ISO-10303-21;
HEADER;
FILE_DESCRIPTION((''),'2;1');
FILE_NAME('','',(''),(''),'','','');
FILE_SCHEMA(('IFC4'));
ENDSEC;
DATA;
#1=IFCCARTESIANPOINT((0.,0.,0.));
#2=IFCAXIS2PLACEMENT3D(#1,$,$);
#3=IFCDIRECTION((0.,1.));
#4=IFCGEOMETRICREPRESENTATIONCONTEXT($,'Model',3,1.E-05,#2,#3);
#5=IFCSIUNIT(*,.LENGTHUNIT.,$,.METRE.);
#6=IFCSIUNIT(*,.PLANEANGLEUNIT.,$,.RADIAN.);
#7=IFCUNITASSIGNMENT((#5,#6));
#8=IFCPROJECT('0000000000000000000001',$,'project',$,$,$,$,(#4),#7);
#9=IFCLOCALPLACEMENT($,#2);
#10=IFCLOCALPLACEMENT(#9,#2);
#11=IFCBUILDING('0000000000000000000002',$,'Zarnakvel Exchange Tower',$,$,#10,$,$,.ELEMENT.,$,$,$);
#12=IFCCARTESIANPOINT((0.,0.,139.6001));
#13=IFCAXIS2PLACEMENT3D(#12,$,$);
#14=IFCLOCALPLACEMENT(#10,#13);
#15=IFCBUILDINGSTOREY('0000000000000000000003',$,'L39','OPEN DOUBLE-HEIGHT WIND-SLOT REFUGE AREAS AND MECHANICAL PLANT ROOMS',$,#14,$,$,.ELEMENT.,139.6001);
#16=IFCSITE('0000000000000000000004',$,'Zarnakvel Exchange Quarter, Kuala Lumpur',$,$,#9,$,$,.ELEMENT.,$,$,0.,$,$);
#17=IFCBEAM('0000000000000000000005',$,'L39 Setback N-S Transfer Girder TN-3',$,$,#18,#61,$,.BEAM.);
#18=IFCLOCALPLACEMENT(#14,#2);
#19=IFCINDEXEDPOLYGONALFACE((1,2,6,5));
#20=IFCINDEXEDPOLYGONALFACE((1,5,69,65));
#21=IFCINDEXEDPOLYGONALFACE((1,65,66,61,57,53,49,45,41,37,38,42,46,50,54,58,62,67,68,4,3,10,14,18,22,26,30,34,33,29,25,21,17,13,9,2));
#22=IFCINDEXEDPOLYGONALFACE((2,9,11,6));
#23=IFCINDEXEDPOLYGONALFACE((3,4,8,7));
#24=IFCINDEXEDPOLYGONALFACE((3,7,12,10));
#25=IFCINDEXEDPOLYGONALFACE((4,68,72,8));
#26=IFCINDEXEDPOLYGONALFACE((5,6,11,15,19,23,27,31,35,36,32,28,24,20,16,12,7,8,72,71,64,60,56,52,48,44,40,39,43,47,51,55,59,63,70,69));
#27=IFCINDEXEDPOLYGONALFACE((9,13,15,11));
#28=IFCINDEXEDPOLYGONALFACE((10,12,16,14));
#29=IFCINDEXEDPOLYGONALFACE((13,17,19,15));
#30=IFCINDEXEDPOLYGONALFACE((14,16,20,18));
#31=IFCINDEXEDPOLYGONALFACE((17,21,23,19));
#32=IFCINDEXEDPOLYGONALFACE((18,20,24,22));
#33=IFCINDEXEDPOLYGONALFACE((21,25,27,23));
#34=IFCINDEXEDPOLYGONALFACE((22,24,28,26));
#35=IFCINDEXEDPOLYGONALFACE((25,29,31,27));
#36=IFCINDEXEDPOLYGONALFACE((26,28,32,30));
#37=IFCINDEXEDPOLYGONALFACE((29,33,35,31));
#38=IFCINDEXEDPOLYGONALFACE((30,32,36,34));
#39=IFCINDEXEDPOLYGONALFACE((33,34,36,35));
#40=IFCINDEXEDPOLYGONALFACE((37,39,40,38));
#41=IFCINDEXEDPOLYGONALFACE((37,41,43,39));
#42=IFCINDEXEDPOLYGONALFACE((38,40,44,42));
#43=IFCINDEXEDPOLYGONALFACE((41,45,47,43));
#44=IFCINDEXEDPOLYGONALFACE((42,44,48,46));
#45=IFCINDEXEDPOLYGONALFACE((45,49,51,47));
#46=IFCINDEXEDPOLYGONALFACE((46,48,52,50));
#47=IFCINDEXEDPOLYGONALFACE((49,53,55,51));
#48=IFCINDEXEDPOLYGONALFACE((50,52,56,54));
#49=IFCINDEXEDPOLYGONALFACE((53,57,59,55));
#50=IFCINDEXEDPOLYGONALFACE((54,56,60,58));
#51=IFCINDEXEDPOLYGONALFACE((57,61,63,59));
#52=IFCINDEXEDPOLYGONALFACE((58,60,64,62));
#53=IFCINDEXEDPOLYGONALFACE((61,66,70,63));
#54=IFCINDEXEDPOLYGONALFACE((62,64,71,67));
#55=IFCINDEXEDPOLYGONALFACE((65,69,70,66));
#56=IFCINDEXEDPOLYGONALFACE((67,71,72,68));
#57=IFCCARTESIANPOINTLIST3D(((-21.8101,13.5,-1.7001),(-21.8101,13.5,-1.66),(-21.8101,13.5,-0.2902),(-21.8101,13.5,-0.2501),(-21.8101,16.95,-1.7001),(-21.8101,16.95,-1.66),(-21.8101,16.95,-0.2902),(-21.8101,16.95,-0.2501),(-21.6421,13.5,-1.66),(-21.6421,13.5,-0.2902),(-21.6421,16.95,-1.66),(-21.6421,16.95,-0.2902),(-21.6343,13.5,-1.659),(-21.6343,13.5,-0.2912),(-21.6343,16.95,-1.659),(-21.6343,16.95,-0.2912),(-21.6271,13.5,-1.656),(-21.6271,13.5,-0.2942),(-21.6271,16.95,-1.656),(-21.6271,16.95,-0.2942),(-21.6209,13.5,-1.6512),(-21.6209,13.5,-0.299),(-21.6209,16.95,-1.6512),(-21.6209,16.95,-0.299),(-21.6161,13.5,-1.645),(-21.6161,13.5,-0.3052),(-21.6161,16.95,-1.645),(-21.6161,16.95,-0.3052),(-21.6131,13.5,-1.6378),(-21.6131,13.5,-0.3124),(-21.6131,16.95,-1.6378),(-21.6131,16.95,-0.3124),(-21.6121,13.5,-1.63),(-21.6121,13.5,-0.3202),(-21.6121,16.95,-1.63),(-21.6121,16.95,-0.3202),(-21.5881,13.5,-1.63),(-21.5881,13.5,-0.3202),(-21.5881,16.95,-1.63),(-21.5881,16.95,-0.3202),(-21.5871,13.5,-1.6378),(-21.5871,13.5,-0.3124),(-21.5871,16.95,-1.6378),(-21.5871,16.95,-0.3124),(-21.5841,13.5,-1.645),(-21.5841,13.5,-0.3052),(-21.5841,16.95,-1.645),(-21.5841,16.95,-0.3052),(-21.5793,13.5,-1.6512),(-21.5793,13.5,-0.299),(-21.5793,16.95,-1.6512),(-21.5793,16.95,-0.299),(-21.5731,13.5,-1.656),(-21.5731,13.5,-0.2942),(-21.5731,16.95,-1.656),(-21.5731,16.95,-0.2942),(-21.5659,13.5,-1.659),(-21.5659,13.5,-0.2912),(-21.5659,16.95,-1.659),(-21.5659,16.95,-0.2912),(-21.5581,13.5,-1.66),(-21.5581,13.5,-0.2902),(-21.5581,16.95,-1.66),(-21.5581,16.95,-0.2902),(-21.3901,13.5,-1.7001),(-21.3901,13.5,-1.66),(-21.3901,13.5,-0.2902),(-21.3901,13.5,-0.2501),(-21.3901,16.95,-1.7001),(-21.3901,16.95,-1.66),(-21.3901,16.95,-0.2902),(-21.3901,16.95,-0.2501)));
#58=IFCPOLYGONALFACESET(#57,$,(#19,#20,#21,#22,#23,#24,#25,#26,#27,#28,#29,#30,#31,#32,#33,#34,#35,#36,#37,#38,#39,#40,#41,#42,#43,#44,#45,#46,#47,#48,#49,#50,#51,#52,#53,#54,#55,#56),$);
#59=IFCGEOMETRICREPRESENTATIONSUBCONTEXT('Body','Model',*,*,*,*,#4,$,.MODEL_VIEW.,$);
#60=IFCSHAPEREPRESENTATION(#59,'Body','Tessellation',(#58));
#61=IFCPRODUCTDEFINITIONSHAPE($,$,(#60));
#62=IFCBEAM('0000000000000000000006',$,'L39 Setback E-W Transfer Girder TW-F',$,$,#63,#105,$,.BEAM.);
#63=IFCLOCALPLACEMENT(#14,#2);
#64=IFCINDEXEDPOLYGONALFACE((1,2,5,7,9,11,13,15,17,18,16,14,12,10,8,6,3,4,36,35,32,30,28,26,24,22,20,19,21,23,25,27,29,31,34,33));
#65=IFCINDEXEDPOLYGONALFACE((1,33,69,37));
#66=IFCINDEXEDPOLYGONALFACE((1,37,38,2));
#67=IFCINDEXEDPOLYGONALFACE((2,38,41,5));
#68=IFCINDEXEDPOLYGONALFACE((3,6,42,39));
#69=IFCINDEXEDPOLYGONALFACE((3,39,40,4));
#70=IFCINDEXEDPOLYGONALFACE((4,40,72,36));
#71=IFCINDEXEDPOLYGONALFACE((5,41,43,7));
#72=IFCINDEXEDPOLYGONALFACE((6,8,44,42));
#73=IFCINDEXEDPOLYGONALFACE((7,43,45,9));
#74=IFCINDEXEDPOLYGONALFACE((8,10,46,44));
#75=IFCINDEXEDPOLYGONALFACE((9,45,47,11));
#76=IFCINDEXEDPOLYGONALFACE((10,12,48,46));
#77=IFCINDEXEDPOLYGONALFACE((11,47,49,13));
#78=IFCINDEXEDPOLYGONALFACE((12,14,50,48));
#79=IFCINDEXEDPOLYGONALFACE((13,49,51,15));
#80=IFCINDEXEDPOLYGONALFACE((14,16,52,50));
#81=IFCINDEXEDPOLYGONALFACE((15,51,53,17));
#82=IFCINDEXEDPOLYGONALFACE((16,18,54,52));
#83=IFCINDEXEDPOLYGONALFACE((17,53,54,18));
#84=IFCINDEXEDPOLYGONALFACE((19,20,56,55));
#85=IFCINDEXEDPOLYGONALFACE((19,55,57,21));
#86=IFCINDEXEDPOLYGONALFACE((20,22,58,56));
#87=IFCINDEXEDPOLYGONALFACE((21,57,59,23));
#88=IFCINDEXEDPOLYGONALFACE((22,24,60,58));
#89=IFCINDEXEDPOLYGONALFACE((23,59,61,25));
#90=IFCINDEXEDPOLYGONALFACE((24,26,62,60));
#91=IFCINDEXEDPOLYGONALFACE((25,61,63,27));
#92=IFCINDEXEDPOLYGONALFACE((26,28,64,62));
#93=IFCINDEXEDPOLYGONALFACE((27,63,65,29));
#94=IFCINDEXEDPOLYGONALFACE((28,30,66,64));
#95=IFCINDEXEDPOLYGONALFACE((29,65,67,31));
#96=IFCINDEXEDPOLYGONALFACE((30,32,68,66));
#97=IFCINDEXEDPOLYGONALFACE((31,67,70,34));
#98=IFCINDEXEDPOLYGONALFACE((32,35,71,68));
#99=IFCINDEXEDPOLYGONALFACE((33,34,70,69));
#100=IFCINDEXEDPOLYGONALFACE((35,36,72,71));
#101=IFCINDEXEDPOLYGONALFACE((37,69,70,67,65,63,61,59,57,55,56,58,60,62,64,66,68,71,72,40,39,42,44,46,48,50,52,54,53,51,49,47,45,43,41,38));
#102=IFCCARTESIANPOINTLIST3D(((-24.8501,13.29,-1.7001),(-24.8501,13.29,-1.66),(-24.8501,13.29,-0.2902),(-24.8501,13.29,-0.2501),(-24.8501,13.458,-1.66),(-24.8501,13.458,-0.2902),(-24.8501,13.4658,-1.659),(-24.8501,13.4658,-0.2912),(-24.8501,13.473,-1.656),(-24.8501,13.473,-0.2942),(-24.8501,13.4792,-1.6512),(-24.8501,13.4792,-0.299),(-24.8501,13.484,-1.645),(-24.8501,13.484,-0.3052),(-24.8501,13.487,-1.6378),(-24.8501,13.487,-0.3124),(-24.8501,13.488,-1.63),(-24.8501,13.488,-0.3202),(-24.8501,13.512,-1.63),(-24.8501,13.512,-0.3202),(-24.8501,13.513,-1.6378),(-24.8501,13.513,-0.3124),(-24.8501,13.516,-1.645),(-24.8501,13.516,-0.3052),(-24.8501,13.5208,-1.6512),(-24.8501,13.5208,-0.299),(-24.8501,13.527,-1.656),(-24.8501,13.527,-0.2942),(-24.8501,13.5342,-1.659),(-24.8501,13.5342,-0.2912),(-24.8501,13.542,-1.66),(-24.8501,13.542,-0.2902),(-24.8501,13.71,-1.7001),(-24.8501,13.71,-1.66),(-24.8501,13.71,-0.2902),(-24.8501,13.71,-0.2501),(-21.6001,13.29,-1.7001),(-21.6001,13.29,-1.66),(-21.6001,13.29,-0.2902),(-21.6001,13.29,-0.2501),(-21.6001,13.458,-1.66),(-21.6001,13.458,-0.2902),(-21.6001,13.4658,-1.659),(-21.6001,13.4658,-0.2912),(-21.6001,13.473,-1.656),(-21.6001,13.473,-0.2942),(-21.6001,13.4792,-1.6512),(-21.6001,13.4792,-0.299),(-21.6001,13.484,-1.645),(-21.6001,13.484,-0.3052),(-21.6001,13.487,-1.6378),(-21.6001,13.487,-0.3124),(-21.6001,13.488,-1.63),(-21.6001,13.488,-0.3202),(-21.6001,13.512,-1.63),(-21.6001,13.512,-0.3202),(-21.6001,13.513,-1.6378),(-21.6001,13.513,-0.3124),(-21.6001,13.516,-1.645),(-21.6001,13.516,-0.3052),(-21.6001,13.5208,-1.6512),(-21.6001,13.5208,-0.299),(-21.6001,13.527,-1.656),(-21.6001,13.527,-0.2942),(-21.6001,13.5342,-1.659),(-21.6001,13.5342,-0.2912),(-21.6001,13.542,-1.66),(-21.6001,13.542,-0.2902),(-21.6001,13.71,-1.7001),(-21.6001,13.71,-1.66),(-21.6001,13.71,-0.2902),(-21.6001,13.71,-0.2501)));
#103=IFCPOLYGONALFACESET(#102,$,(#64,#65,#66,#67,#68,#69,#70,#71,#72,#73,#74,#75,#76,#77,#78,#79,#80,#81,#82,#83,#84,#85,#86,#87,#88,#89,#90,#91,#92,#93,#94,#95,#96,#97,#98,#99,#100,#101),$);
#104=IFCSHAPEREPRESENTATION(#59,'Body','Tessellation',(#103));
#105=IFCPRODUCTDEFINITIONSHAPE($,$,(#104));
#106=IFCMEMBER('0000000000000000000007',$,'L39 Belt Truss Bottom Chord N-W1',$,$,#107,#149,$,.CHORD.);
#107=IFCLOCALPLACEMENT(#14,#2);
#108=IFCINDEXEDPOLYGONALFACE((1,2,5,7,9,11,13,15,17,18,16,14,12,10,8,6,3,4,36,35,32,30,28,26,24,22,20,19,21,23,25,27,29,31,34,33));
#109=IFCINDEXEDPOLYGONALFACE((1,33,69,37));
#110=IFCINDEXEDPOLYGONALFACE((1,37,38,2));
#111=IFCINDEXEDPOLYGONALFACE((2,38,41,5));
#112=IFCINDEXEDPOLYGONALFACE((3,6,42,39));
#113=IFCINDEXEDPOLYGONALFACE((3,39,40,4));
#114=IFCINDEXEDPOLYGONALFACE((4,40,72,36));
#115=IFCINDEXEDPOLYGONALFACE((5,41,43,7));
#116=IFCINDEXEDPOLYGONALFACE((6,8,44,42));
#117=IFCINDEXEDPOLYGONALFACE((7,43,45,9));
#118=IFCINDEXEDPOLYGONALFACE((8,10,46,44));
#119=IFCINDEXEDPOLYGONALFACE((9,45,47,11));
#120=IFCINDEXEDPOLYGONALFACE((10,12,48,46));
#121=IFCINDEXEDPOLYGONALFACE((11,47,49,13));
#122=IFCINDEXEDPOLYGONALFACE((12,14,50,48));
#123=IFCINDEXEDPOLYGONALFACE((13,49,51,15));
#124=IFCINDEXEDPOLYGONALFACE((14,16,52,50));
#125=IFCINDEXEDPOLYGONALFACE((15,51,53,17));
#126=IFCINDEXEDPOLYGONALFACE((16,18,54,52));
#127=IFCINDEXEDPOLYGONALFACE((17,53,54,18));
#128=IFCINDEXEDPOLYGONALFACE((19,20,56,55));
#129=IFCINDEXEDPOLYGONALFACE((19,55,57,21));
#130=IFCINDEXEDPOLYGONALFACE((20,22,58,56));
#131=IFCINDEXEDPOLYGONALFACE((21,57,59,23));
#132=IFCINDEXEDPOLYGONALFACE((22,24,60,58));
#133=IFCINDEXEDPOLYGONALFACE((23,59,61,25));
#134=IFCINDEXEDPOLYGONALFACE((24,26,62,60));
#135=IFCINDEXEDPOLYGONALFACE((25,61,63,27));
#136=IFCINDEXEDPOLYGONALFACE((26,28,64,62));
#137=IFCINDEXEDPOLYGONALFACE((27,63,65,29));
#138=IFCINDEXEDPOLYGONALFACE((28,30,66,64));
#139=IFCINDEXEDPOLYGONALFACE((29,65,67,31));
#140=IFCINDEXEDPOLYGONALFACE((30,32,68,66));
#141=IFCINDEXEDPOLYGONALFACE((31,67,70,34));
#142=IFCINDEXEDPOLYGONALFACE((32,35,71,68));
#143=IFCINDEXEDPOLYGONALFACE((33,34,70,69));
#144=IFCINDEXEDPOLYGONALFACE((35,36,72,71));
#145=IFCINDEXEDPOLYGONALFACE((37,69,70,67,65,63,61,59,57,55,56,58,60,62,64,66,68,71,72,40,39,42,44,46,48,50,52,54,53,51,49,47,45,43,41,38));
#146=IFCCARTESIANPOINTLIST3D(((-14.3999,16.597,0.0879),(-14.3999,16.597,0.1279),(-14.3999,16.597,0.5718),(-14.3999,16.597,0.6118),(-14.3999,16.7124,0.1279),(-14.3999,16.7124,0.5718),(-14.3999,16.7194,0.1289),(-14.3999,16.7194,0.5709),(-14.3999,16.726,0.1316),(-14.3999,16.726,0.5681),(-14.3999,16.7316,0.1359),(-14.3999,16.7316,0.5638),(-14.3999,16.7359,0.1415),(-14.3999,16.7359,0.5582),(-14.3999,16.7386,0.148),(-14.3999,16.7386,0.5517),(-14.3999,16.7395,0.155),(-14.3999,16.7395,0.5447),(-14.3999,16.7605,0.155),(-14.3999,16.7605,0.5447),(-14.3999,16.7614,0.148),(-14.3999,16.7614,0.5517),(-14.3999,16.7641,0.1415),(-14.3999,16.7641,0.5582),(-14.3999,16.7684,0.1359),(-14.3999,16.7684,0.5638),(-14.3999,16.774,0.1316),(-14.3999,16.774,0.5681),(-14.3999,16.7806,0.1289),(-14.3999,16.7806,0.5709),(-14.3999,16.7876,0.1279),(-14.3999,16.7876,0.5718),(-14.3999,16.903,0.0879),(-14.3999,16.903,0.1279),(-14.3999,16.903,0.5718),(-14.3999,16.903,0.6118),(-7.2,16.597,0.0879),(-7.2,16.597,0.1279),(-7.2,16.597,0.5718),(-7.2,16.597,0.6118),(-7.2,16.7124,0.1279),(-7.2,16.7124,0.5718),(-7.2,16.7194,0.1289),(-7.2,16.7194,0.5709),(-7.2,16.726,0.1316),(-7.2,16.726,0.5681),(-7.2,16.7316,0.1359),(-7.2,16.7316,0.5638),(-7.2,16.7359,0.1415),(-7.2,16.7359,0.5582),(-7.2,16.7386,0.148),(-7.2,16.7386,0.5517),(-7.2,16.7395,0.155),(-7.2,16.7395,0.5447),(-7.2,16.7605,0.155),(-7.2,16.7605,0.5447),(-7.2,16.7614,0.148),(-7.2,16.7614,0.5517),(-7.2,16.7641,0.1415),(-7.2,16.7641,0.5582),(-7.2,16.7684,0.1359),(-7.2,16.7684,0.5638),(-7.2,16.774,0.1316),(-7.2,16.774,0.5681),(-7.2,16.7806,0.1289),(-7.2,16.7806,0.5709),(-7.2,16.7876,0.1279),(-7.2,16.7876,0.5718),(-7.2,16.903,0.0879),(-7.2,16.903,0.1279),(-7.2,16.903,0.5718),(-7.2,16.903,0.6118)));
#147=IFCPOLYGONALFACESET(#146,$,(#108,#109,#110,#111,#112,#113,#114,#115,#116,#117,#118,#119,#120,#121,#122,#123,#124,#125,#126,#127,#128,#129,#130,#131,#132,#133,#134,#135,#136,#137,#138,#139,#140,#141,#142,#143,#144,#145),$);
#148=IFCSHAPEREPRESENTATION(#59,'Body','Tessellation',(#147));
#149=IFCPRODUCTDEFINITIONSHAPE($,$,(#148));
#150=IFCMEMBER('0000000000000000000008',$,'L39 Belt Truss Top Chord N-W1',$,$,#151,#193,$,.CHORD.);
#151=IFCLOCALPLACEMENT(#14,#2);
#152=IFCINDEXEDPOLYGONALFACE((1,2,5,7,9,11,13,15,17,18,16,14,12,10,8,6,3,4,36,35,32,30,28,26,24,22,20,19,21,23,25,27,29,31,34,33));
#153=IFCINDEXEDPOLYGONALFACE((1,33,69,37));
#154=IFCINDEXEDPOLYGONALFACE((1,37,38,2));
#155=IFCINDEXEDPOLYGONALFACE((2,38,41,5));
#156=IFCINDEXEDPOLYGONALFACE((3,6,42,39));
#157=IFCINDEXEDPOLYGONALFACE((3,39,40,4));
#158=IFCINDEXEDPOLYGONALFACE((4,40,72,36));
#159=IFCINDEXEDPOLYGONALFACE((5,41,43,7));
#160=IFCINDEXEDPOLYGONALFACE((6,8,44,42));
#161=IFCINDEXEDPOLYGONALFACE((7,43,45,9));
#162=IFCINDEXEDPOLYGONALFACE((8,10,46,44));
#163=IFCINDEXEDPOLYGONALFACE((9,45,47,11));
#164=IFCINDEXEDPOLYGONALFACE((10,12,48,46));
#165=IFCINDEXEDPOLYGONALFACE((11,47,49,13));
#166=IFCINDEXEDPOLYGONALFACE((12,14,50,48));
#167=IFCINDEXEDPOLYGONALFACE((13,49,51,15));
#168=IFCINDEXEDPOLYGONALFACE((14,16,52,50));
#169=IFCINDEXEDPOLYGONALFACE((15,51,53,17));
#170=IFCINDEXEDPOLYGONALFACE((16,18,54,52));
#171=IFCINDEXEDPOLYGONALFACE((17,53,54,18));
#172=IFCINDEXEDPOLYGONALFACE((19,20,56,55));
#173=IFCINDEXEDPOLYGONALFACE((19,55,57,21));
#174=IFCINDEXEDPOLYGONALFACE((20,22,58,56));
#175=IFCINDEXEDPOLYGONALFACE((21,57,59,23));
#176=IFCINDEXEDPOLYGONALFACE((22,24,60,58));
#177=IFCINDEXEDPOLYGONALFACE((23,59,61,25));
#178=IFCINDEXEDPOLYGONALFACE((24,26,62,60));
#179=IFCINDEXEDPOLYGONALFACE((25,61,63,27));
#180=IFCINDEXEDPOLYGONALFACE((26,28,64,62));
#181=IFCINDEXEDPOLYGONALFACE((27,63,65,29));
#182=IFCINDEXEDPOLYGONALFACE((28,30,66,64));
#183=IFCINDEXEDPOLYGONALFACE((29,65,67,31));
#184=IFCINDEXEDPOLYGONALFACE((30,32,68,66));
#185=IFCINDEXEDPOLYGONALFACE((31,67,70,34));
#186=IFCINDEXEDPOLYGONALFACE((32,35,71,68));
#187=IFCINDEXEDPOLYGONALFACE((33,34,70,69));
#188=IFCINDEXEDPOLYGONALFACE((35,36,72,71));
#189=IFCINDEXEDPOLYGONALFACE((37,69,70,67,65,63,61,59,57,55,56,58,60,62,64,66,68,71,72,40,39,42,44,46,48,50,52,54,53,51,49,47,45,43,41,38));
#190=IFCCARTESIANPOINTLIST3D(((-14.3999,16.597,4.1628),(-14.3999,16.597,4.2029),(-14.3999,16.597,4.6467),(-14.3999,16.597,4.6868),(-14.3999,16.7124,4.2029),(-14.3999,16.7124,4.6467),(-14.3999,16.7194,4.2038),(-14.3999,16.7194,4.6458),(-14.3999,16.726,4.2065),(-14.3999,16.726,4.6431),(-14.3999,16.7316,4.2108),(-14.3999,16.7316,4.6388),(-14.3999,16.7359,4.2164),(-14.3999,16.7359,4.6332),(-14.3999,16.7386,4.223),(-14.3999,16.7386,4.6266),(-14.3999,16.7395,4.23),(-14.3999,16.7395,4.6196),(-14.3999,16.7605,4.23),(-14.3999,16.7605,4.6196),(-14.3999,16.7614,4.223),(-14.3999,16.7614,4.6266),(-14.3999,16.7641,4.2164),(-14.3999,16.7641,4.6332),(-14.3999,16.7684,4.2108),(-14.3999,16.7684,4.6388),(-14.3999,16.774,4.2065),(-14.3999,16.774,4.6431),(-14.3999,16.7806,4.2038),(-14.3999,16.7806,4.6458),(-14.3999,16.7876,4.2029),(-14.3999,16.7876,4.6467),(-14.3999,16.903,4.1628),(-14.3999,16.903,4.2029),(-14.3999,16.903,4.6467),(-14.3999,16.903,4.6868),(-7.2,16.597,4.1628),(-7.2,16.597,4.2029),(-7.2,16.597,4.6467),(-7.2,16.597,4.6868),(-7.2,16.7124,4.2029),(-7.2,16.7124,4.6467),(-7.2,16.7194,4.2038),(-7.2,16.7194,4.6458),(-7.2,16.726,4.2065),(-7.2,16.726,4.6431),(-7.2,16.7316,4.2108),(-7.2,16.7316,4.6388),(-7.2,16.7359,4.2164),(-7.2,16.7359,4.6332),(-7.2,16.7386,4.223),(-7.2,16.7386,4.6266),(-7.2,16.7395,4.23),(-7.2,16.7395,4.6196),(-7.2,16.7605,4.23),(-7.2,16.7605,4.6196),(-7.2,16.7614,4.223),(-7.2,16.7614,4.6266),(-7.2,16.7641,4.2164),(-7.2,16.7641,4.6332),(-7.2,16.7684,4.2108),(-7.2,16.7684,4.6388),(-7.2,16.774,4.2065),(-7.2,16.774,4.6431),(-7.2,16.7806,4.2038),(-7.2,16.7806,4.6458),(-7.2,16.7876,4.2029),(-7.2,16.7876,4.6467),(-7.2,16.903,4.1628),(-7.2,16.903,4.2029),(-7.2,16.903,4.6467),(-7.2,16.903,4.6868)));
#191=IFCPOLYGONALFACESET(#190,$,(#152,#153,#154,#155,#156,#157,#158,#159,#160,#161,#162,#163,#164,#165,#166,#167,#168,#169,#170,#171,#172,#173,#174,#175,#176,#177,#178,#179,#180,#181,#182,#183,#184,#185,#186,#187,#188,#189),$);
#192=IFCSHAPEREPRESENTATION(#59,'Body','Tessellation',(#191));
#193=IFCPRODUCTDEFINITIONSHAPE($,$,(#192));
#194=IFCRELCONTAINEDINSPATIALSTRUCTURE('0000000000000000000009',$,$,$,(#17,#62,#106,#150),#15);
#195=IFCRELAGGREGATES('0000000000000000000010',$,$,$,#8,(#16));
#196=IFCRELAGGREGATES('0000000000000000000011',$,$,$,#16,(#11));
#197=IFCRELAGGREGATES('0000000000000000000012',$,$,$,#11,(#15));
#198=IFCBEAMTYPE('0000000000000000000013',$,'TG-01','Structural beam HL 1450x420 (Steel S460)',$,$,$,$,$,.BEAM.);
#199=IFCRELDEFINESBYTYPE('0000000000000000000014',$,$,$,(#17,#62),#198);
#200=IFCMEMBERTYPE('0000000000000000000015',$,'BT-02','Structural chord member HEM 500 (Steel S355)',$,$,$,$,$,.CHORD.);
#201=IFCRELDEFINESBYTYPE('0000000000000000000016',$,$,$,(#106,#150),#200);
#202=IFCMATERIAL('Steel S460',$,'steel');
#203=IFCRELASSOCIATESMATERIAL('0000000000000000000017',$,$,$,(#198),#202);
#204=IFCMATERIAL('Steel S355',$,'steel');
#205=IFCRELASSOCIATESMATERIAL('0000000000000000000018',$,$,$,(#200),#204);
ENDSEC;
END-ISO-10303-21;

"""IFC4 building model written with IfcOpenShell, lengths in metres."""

from ifc_helpers import new_model, si_unit, direction, frame, origin, origin_2d, place, context, subcontext, project, spatial, i_section, extrude, source, transform, mapped, material, material_profile, profile_set, type_object, element, save


model = new_model("IFC4")

# Units and contexts
model_context = context("Model", 3, precision=1e-05, world=origin(), true_north=direction((0.0, 1.0)))
body_context = subcontext(model_context, "Body", "Model", "MODEL_VIEW")
ifc_project = project(units=[si_unit("LENGTHUNIT", "METRE"), si_unit("PLANEANGLEUNIT", "RADIAN")], contexts=[model_context])

# Site, building, storey
site_placement = place(None, origin())
site = spatial("IfcSite", under=ifc_project, at=site_placement, Name="Zarnakvel Exchange Quarter, Kuala Lumpur", CompositionType="ELEMENT", RefElevation=0.0)
building_placement = place(site_placement, origin())
building = spatial("IfcBuilding", under=site, at=building_placement, Name="Zarnakvel Exchange Tower", CompositionType="ELEMENT")
storey_placement = place(building_placement, frame((0.0, 0.0, 139.6001)))
storey = spatial("IfcBuildingStorey", under=building, at=storey_placement, Name="L39", Description="OPEN DOUBLE-HEIGHT WIND-SLOT REFUGE AREAS AND MECHANICAL PLANT ROOMS", CompositionType="ELEMENT", Elevation=139.6001)

# Shared definitions
ifc_material_1 = material(Name="Steel S355", Category="steel")

# Beams
ifc_material_2 = material(Name="Steel S460", Category="steel")
ifc_material_profile_1 = material_profile(ifc_material_2, i_section(OverallWidth=0.4199, OverallDepth=1.45, WebThickness=0.0239, FlangeThickness=0.04, FilletRadius=0.03, at=origin_2d()))
ifc_profile_set_1 = profile_set([ifc_material_profile_1], Name="Steel S460")
beam_type_1 = type_object("IfcBeamType", Name="TG-01", Description="Structural beam HL 1450x420 (Steel S460)", PredefinedType="BEAM", material=ifc_profile_set_1)
for number, where, z_axis, x_axis, name in (
    (1, (-21.6001, 13.5, -0.9751), (0.0, 1.0, 0.0), (-1.0, 0.0, 0.0), "L39 Setback N-S Transfer Girder TN-3"),
):
    element("IfcBeam", number, at=place(storey_placement, frame(where, z_axis=z_axis, x_axis=x_axis)), inside=storey, type_object=beam_type_1, Name=name, PredefinedType="BEAM", context=body_context, shape_type="SweptSolid", body=[
        extrude(i_section(OverallWidth=0.4199, OverallDepth=1.45, WebThickness=0.0239, FlangeThickness=0.04, FilletRadius=0.03, at=origin_2d()), origin(), (0.0, 0.0, 1.0), 3.45),
    ])
beam_1_placement = place(storey_placement, frame((-24.8501, 13.5, -0.9751), z_axis=(1.0, 0.0, 0.0), x_axis=(0.0, 1.0, 0.0)))
element("IfcBeam", 2, at=beam_1_placement, inside=storey, type_object=beam_type_1, Name="L39 Setback E-W Transfer Girder TW-F", PredefinedType="BEAM", context=body_context, shape_type="SweptSolid", body=[
    extrude(i_section(OverallWidth=0.4199, OverallDepth=1.45, WebThickness=0.0239, FlangeThickness=0.04, FilletRadius=0.03, at=origin_2d()), origin(), (0.0, 0.0, 1.0), 3.25),
])

# Members
ifc_material_profile_2 = material_profile(ifc_material_1, i_section(OverallWidth=0.3059, OverallDepth=0.5239, WebThickness=0.021, FlangeThickness=0.04, FilletRadius=0.0271, at=origin_2d()))
ifc_profile_set_2 = profile_set([ifc_material_profile_2], Name="Steel S355")
member_type_1 = type_object("IfcMemberType", Name="BT-02", Description="Structural chord member HEM 500 (Steel S355)", PredefinedType="CHORD", material=ifc_profile_set_2)
shared_shape_1 = source(origin(), body_context, "Body", "SweptSolid", [
    extrude(i_section(OverallWidth=0.3059, OverallDepth=0.5239, WebThickness=0.021, FlangeThickness=0.04, FilletRadius=0.0271, at=origin_2d()), origin(), (0.0, 0.0, 1.0), 7.2),
])
for number, where, z_axis, x_axis, name in (
    (3, (-14.3999, 16.75, 0.3499), (1.0, 0.0, 0.0), (0.0, 1.0, 0.0), "L39 Belt Truss Bottom Chord N-W1"),
    (4, (-14.3999, 16.75, 4.4248), (1.0, 0.0, 0.0), (0.0, 1.0, 0.0), "L39 Belt Truss Top Chord N-W1"),
):
    element("IfcMember", number, at=place(storey_placement, frame(where, z_axis=z_axis, x_axis=x_axis)), inside=storey, type_object=member_type_1, Name=name, PredefinedType="CHORD", context=body_context, shape_type="MappedRepresentation", body=[
        mapped(shared_shape_1, transform((0.0, 0.0, 0.0), x_axis=(1.0, 0.0, 0.0), y_axis=(0.0, 1.0, 0.0), z_axis=(0.0, 0.0, 1.0), scale=1.0)),
    ])

save(model, "model.ifc")
